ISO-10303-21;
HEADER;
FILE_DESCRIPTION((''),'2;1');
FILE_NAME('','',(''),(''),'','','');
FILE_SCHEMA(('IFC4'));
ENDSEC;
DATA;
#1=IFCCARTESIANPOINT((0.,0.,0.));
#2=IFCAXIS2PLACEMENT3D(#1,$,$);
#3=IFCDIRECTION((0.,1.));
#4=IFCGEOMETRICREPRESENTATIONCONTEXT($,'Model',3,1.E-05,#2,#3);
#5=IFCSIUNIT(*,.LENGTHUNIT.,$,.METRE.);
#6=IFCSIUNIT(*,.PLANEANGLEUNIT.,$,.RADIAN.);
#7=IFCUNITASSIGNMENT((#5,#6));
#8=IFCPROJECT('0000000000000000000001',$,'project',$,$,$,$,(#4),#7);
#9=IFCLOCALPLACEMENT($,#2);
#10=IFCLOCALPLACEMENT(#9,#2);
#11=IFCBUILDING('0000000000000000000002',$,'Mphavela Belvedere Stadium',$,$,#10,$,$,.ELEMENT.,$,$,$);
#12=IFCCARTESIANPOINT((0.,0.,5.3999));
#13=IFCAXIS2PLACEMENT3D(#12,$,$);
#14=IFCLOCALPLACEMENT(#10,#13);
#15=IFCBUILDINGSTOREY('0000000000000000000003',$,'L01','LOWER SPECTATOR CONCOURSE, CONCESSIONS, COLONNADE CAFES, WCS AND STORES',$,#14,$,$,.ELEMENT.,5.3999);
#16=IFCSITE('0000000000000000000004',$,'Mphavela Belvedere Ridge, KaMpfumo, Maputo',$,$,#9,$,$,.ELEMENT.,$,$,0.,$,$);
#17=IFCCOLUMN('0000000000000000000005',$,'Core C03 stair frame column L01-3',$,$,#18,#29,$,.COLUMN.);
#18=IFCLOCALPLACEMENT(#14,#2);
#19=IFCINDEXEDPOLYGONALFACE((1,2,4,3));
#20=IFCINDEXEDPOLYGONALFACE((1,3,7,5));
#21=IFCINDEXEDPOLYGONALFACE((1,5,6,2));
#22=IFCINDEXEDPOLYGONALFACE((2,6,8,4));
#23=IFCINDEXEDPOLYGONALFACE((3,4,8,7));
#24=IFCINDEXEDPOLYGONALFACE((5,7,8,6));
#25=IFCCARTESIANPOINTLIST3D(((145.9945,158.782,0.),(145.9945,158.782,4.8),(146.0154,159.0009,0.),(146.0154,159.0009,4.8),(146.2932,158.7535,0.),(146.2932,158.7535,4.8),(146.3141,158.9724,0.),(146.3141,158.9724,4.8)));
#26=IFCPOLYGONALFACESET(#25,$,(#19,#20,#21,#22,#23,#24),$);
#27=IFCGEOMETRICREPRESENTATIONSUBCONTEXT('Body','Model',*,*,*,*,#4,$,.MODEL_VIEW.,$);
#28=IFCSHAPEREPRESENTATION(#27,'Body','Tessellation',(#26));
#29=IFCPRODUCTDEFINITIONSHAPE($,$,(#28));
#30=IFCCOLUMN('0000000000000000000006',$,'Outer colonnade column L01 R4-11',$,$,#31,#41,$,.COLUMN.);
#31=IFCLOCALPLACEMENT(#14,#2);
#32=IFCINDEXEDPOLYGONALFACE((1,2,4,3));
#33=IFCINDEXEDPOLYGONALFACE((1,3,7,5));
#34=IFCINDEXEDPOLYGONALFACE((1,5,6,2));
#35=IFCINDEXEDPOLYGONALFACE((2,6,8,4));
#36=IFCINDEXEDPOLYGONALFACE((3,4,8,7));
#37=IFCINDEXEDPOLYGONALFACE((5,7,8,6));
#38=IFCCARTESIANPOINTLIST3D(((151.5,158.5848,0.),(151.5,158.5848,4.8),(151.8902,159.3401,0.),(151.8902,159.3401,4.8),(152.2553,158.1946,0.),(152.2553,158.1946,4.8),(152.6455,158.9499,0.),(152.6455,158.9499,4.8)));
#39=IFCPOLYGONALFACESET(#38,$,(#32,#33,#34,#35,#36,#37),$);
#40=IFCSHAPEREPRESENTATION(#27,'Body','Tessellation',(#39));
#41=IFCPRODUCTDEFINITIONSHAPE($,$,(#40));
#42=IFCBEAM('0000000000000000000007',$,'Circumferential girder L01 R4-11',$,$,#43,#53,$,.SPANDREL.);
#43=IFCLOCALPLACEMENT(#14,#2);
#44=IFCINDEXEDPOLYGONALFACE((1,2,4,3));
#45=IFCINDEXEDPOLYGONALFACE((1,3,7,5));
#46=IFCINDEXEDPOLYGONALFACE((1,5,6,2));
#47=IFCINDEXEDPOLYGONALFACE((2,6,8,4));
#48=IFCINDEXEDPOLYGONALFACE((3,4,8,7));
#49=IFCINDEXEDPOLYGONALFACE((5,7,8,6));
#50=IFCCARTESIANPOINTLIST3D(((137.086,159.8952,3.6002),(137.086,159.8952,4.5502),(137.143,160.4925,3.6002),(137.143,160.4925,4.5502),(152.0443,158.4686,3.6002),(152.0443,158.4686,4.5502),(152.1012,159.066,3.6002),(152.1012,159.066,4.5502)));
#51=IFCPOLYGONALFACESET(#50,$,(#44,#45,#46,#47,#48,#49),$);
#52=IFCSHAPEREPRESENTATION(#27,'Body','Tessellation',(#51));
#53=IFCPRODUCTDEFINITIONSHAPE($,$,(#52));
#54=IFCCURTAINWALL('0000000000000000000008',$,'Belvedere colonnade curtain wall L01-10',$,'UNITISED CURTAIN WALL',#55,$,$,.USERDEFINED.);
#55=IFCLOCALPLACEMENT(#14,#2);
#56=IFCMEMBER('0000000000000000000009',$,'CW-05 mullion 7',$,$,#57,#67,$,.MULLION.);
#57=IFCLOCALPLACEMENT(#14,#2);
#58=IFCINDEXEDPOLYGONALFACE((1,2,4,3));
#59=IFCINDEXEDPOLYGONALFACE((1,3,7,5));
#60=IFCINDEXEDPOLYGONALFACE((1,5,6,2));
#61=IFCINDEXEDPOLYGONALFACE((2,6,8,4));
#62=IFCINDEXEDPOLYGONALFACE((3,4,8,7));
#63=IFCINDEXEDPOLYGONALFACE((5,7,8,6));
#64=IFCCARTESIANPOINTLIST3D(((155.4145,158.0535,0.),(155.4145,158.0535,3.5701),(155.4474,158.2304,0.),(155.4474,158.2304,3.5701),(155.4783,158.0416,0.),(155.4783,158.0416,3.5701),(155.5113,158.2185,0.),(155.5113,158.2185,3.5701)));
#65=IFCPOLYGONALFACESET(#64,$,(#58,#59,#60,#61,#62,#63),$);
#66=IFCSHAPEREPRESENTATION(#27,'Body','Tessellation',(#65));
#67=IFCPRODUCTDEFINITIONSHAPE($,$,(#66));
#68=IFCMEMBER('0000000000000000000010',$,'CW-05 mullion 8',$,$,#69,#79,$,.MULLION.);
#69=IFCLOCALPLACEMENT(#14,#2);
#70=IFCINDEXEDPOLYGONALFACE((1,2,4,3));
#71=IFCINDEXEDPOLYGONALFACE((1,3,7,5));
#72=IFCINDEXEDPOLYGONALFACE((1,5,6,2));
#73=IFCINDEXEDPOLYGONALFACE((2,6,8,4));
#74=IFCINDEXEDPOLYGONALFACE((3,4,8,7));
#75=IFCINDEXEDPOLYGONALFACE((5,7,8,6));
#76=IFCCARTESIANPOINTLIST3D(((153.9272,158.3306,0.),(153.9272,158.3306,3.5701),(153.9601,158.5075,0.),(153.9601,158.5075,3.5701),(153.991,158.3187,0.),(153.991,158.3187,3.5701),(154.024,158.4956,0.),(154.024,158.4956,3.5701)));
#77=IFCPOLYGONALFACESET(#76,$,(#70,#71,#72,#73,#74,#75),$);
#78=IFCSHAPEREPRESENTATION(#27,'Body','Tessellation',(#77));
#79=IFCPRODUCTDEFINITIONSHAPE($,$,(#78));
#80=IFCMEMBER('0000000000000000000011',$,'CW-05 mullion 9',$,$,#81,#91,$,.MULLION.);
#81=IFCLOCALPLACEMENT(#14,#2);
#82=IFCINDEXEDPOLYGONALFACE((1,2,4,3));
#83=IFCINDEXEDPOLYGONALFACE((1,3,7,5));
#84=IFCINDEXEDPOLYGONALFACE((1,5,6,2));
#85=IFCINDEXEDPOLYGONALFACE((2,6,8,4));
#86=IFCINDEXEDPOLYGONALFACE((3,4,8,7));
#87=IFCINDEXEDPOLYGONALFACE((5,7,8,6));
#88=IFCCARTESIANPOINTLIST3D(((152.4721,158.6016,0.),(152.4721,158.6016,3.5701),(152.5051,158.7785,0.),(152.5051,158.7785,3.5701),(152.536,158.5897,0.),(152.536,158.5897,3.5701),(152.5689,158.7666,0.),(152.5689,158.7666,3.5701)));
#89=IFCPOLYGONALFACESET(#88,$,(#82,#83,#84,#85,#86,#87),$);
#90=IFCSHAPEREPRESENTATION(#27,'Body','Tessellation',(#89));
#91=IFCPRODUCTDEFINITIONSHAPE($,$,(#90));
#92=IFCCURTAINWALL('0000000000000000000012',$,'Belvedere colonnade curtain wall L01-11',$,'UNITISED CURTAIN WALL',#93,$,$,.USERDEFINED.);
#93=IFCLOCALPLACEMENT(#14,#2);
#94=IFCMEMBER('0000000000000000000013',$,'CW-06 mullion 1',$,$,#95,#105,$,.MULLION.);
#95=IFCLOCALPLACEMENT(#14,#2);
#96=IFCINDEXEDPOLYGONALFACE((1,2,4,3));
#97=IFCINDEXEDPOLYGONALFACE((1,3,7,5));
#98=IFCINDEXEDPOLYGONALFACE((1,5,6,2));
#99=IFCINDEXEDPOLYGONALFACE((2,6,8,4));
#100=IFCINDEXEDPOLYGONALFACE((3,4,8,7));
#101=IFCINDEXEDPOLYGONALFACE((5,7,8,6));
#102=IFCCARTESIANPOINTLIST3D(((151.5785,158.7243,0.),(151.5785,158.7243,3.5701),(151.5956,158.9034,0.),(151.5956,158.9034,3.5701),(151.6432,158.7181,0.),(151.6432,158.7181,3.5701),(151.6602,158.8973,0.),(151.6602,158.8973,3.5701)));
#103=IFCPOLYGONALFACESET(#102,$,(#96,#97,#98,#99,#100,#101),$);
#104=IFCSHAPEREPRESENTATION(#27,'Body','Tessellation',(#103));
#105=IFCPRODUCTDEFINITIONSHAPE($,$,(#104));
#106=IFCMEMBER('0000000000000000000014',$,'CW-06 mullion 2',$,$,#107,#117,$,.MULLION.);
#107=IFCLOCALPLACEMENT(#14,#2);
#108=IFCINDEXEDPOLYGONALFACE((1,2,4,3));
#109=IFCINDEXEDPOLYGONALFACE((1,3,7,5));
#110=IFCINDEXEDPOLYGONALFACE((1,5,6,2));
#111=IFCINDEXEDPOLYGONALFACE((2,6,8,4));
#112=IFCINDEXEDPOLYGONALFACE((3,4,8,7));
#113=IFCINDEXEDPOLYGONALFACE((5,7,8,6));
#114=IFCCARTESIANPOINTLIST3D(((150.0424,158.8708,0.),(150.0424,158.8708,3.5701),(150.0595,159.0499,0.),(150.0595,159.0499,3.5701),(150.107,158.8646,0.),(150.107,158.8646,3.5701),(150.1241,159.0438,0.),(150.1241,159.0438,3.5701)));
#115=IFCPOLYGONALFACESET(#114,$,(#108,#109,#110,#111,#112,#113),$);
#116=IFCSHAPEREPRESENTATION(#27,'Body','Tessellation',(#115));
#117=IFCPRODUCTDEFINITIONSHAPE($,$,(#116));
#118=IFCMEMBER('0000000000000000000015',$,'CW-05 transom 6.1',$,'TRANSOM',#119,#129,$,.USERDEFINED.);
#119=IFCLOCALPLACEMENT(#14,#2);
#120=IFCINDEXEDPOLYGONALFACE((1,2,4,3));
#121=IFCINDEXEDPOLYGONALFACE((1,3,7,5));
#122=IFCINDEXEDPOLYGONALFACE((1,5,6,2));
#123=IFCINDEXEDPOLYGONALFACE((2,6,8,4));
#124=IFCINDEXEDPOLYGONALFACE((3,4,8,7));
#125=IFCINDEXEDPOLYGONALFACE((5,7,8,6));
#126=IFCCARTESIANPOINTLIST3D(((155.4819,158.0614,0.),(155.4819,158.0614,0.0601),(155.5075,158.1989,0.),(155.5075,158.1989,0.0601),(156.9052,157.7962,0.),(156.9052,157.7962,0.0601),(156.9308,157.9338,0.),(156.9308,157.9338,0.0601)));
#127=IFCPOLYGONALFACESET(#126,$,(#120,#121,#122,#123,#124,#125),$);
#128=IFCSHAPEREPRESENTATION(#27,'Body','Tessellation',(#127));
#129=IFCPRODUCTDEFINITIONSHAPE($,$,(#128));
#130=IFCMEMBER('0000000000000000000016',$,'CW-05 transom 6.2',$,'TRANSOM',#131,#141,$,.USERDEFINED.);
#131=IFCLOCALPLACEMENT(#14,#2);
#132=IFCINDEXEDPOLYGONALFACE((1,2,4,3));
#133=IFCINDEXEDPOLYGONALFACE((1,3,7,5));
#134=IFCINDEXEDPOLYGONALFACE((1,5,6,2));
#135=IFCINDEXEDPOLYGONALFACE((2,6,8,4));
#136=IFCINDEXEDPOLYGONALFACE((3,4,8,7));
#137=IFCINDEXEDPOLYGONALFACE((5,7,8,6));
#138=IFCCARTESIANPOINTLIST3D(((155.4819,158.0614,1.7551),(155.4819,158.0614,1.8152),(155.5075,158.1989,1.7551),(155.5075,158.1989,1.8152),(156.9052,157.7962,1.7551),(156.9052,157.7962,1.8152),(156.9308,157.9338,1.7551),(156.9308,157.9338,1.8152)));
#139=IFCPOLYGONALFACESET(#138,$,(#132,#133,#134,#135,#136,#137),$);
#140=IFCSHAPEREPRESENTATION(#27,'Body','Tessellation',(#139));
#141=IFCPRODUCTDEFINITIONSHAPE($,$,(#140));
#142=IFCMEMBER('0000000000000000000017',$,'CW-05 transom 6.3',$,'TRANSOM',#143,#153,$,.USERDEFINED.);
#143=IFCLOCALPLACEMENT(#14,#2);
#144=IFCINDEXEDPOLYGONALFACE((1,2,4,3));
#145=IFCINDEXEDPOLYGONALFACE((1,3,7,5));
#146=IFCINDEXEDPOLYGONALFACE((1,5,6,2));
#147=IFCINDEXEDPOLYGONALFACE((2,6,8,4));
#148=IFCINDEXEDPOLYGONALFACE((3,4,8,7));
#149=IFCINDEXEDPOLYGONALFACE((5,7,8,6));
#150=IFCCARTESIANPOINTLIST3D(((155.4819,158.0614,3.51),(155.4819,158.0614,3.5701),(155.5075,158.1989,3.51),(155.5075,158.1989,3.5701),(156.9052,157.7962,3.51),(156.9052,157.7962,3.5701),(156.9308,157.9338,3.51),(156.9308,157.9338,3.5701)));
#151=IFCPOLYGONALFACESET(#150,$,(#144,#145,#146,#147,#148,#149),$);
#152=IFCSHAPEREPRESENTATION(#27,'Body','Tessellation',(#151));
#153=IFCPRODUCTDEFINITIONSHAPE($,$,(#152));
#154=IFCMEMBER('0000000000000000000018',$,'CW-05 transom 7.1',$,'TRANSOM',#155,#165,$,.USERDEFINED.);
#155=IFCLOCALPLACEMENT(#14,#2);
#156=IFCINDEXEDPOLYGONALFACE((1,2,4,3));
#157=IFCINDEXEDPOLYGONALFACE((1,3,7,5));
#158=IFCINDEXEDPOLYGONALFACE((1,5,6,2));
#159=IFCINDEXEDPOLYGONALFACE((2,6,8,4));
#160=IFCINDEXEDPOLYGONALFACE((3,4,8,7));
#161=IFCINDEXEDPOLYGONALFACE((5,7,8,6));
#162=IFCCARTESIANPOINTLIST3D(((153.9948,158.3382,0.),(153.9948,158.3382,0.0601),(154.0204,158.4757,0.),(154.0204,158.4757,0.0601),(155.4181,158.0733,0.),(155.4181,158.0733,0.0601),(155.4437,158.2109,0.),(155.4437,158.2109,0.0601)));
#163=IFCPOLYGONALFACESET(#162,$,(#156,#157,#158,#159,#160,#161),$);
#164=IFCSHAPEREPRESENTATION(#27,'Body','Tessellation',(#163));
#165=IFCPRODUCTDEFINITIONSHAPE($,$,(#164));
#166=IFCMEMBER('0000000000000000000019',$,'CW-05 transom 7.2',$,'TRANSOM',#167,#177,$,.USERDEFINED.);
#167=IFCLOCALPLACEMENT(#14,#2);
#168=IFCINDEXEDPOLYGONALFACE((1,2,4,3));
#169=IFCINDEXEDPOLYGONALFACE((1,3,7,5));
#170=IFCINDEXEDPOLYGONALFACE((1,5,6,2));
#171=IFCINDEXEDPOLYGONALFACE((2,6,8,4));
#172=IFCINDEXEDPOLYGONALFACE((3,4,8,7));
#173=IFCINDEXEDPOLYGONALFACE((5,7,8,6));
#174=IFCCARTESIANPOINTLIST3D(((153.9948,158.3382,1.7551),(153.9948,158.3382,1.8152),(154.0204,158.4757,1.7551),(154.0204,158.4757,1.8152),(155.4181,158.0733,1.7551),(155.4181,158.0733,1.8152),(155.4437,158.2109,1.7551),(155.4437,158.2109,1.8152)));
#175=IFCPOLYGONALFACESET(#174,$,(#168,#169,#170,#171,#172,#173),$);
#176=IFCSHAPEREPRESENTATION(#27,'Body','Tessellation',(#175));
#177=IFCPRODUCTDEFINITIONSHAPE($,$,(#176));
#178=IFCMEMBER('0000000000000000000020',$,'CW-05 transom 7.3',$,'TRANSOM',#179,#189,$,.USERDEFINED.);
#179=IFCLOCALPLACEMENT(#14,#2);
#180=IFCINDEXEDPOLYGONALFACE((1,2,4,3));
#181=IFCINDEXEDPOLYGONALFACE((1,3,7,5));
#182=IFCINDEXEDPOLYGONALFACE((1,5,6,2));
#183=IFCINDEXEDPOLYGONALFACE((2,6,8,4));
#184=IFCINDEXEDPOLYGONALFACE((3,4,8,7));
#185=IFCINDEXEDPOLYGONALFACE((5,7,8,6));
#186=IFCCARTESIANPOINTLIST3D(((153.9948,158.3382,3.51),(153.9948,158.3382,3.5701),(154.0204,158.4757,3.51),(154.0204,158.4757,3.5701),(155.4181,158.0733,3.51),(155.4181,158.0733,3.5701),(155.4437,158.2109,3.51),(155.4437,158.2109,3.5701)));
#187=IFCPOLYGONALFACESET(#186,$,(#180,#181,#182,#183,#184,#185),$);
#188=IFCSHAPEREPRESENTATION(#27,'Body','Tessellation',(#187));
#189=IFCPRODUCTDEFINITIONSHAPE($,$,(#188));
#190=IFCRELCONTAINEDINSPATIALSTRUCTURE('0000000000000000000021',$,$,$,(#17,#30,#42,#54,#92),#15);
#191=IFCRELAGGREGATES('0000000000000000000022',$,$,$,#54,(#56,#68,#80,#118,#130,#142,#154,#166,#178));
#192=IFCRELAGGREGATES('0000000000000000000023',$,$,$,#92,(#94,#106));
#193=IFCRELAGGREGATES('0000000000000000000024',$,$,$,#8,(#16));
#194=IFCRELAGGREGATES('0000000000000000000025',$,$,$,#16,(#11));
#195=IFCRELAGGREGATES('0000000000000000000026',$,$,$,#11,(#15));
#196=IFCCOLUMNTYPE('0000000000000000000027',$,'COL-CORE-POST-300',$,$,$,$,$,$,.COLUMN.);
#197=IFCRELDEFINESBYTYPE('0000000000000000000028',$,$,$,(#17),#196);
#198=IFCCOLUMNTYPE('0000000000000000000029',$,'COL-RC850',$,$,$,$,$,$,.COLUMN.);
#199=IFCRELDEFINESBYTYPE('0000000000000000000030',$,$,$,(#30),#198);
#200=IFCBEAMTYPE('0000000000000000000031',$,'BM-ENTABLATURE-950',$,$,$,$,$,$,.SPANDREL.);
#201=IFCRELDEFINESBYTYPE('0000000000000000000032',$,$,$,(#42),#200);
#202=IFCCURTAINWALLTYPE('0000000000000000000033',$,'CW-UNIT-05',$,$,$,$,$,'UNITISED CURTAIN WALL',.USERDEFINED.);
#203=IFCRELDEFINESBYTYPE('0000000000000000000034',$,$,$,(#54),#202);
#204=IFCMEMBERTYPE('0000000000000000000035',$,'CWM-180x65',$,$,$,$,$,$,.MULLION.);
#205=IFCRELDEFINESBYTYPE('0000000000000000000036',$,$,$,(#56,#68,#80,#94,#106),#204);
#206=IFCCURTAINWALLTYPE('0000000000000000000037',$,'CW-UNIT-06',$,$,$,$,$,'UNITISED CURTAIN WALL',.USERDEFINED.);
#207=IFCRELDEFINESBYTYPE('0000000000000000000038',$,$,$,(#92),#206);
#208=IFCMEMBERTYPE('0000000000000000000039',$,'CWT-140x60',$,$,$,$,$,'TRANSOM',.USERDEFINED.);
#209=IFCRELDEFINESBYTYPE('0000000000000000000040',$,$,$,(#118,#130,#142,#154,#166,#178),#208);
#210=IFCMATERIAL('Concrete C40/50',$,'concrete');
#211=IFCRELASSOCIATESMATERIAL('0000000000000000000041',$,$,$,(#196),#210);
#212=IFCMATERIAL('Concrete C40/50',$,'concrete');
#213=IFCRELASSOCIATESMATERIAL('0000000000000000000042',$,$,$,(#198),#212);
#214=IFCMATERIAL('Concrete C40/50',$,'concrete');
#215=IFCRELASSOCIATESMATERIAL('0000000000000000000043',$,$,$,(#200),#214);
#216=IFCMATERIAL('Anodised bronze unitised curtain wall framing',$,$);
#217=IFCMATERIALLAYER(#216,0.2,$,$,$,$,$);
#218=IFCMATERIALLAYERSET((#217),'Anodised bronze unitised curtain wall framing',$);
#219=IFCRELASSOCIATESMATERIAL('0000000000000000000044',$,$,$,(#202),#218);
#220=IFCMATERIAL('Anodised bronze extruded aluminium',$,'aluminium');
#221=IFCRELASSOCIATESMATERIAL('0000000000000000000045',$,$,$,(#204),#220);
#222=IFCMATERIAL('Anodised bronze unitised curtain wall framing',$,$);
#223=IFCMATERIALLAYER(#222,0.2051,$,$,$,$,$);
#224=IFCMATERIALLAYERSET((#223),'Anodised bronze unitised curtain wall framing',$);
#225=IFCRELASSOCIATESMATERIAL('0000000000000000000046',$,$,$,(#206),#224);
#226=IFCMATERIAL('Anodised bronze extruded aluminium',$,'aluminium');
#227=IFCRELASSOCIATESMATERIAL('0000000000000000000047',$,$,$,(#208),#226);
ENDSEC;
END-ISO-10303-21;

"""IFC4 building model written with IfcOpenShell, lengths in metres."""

from ifc_helpers import new_model, si_unit, direction, frame, origin, origin_2d, place, context, subcontext, project, spatial, rectangle, extrude, material, layer, layer_set, material_profile, profile_set, type_object, element, aggregate, save


model = new_model("IFC4")

# Units and contexts
model_context = context("Model", 3, precision=1e-05, world=origin(), true_north=direction((0.0, 1.0)))
body_context = subcontext(model_context, "Body", "Model", "MODEL_VIEW")
ifc_project = project(units=[si_unit("LENGTHUNIT", "METRE"), si_unit("PLANEANGLEUNIT", "RADIAN")], contexts=[model_context])

# Site, building, storey
site_placement = place(None, origin())
site = spatial("IfcSite", under=ifc_project, at=site_placement, Name="Mphavela Belvedere Ridge, KaMpfumo, Maputo", CompositionType="ELEMENT", RefElevation=0.0)
building_placement = place(site_placement, origin())
building = spatial("IfcBuilding", under=site, at=building_placement, Name="Mphavela Belvedere Stadium", CompositionType="ELEMENT")
storey_placement = place(building_placement, frame((0.0, 0.0, 5.3999)))
storey = spatial("IfcBuildingStorey", under=building, at=storey_placement, Name="L01", Description="LOWER SPECTATOR CONCOURSE, CONCESSIONS, COLONNADE CAFES, WCS AND STORES", CompositionType="ELEMENT", Elevation=5.3999)

# Columns
ifc_material_1 = material(Name="Concrete C40/50", Category="concrete")
ifc_material_profile_1 = material_profile(ifc_material_1, rectangle(XDim=0.3, YDim=0.22, at=origin_2d()), Name="RC 300x220")
ifc_profile_set_1 = profile_set([ifc_material_profile_1], Name="Concrete C40/50")
column_type_1 = type_object("IfcColumnType", Name="COL-CORE-POST-300", PredefinedType="COLUMN", material=ifc_profile_set_1)
column_1_placement = place(storey_placement, frame((146.1543, 158.8772, 0.0), z_axis=(0.0, 0.0, 1.0), x_axis=(0.995479, -0.094977, 0.0)))
element("IfcColumn", 1, at=column_1_placement, inside=storey, type_object=column_type_1, Name="Core C03 stair frame column L01-3", PredefinedType="COLUMN", context=body_context, shape_type="SweptSolid", body=[
    extrude(rectangle(XDim=0.3, YDim=0.22, at=origin_2d()), origin(), (0.0, 0.0, 1.0), 4.8),
])
ifc_material_2 = material(Name="Concrete C40/50", Category="concrete")
ifc_material_profile_2 = material_profile(ifc_material_2, rectangle(XDim=0.8501, YDim=0.8501, at=origin_2d()), Name="RC 850x850")
ifc_profile_set_2 = profile_set([ifc_material_profile_2], Name="Concrete C40/50")
column_type_2 = type_object("IfcColumnType", Name="COL-RC850", PredefinedType="COLUMN", material=ifc_profile_set_2)
column_2_placement = place(storey_placement, frame((152.0728, 158.7673, 0.0), z_axis=(0.0, 0.0, 1.0), x_axis=(0.45896, 0.888457, 0.0)))
element("IfcColumn", 2, at=column_2_placement, inside=storey, type_object=column_type_2, Name="Outer colonnade column L01 R4-11", PredefinedType="COLUMN", context=body_context, shape_type="SweptSolid", body=[
    extrude(rectangle(XDim=0.8501, YDim=0.8501, at=origin_2d()), origin(), (0.0, 0.0, 1.0), 4.8),
])

# Beam
ifc_material_3 = material(Name="Concrete C40/50", Category="concrete")
ifc_material_profile_3 = material_profile(ifc_material_3, rectangle(XDim=0.6001, YDim=0.95, at=origin_2d()), Name="RC 600x950")
ifc_profile_set_3 = profile_set([ifc_material_profile_3], Name="Concrete C40/50")
beam_type = type_object("IfcBeamType", Name="BM-ENTABLATURE-950", PredefinedType="SPANDREL", material=ifc_profile_set_3)
beam_placement = place(storey_placement, frame((152.0728, 158.7673, 4.0752), z_axis=(-0.995483, 0.094936, 0.0), x_axis=(-0.094936, -0.995483, 0.0)))
element("IfcBeam", 3, at=beam_placement, inside=storey, type_object=beam_type, Name="Circumferential girder L01 R4-11", PredefinedType="SPANDREL", context=body_context, shape_type="SweptSolid", body=[
    extrude(rectangle(XDim=0.6001, YDim=0.95, at=origin_2d()), origin(), (0.0, 0.0, 1.0), 15.0261),
])

# Curtain walls, members
ifc_material_4 = material(Name="Anodised bronze unitised curtain wall framing")
ifc_layer_1 = layer(ifc_material_4, 0.2)
ifc_layer_set_1 = layer_set([ifc_layer_1], Name="Anodised bronze unitised curtain wall framing")
curtain_wall_type_1 = type_object("IfcCurtainWallType", Name="CW-UNIT-05", ElementType="UNITISED CURTAIN WALL", PredefinedType="USERDEFINED", material=ifc_layer_set_1)
curtain_wall_1_placement = place(storey_placement, origin())
curtain_wall_1 = element("IfcCurtainWall", 4, at=curtain_wall_1_placement, inside=storey, type_object=curtain_wall_type_1, Name="Belvedere colonnade curtain wall L01-10", ObjectType="UNITISED CURTAIN WALL", PredefinedType="USERDEFINED")
ifc_material_5 = material(Name="Anodised bronze extruded aluminium", Category="aluminium")
ifc_material_profile_4 = material_profile(ifc_material_5, rectangle(XDim=0.1799, YDim=0.0649, at=origin_2d()), Name="CW-MUL 180x65")
ifc_profile_set_4 = profile_set([ifc_material_profile_4], Name="Anodised bronze extruded aluminium")
member_type_1 = type_object("IfcMemberType", Name="CWM-180x65", PredefinedType="MULLION", material=ifc_profile_set_4)
member_1_placement = place(storey_placement, frame((155.4629, 158.136, 0.0), z_axis=(0.0, 0.0, 1.0), x_axis=(-0.183095, -0.983095, 0.0)))
member_1 = element("IfcMember", 5, at=member_1_placement, type_object=member_type_1, Name="CW-05 mullion 7", PredefinedType="MULLION", context=body_context, shape_type="SweptSolid", body=[
    extrude(rectangle(XDim=0.1799, YDim=0.0649, at=origin_2d()), origin(), (0.0, 0.0, 1.0), 3.5701),
])
member_2_placement = place(storey_placement, frame((153.9756, 158.4131, 0.0), z_axis=(0.0, 0.0, 1.0), x_axis=(-0.183095, -0.983095, 0.0)))
member_2 = element("IfcMember", 6, at=member_2_placement, type_object=member_type_1, Name="CW-05 mullion 8", PredefinedType="MULLION", context=body_context, shape_type="SweptSolid", body=[
    extrude(rectangle(XDim=0.1799, YDim=0.0649, at=origin_2d()), origin(), (0.0, 0.0, 1.0), 3.5701),
])
member_3_placement = place(storey_placement, frame((152.5205, 158.6841, 0.0), z_axis=(0.0, 0.0, 1.0), x_axis=(-0.183095, -0.983095, 0.0)))
member_3 = element("IfcMember", 7, at=member_3_placement, type_object=member_type_1, Name="CW-05 mullion 9", PredefinedType="MULLION", context=body_context, shape_type="SweptSolid", body=[
    extrude(rectangle(XDim=0.1799, YDim=0.0649, at=origin_2d()), origin(), (0.0, 0.0, 1.0), 3.5701),
])
ifc_material_6 = material(Name="Anodised bronze unitised curtain wall framing")
ifc_layer_2 = layer(ifc_material_6, 0.2051)
ifc_layer_set_2 = layer_set([ifc_layer_2], Name="Anodised bronze unitised curtain wall framing")
curtain_wall_type_2 = type_object("IfcCurtainWallType", Name="CW-UNIT-06", ElementType="UNITISED CURTAIN WALL", PredefinedType="USERDEFINED", material=ifc_layer_set_2)
curtain_wall_2_placement = place(storey_placement, origin())
curtain_wall_2 = element("IfcCurtainWall", 8, at=curtain_wall_2_placement, inside=storey, type_object=curtain_wall_type_2, Name="Belvedere colonnade curtain wall L01-11", ObjectType="UNITISED CURTAIN WALL", PredefinedType="USERDEFINED")
member_4_placement = place(storey_placement, frame((151.6194, 158.8108, 0.0), z_axis=(0.0, 0.0, 1.0), x_axis=(-0.094922, -0.995485, 0.0)))
member_4 = element("IfcMember", 9, at=member_4_placement, type_object=member_type_1, Name="CW-06 mullion 1", PredefinedType="MULLION", context=body_context, shape_type="SweptSolid", body=[
    extrude(rectangle(XDim=0.1799, YDim=0.0649, at=origin_2d()), origin(), (0.0, 0.0, 1.0), 3.5701),
])
member_5_placement = place(storey_placement, frame((150.0833, 158.9573, 0.0), z_axis=(0.0, 0.0, 1.0), x_axis=(-0.094922, -0.995485, 0.0)))
member_5 = element("IfcMember", 10, at=member_5_placement, type_object=member_type_1, Name="CW-06 mullion 2", PredefinedType="MULLION", context=body_context, shape_type="SweptSolid", body=[
    extrude(rectangle(XDim=0.1799, YDim=0.0649, at=origin_2d()), origin(), (0.0, 0.0, 1.0), 3.5701),
])

# Members
ifc_material_7 = material(Name="Anodised bronze extruded aluminium", Category="aluminium")
ifc_material_profile_5 = material_profile(ifc_material_7, rectangle(XDim=0.1399, YDim=0.0601, at=origin_2d()), Name="CW-TRN 140x60")
ifc_profile_set_5 = profile_set([ifc_material_profile_5], Name="Anodised bronze extruded aluminium")
member_type_2 = type_object("IfcMemberType", Name="CWT-140x60", ElementType="TRANSOM", PredefinedType="USERDEFINED", material=ifc_profile_set_5)
member_6_placement = place(storey_placement, frame((156.918, 157.865, 0.03), z_axis=(-0.983089, 0.183128, 0.0), x_axis=(-0.183128, -0.983089, 0.0)))
member_6 = element("IfcMember", 11, at=member_6_placement, type_object=member_type_2, Name="CW-05 transom 6.1", ObjectType="TRANSOM", PredefinedType="USERDEFINED", context=body_context, shape_type="SweptSolid", body=[
    extrude(rectangle(XDim=0.1399, YDim=0.0601, at=origin_2d()), origin(), (0.0, 0.0, 1.0), 1.4478),
])
member_7_placement = place(storey_placement, frame((156.918, 157.865, 1.7852), z_axis=(-0.983089, 0.183128, 0.0), x_axis=(-0.183128, -0.983089, 0.0)))
member_7 = element("IfcMember", 12, at=member_7_placement, type_object=member_type_2, Name="CW-05 transom 6.2", ObjectType="TRANSOM", PredefinedType="USERDEFINED", context=body_context, shape_type="SweptSolid", body=[
    extrude(rectangle(XDim=0.1399, YDim=0.0601, at=origin_2d()), origin(), (0.0, 0.0, 1.0), 1.4478),
])
member_8_placement = place(storey_placement, frame((156.918, 157.865, 3.54), z_axis=(-0.983089, 0.183128, 0.0), x_axis=(-0.183128, -0.983089, 0.0)))
member_8 = element("IfcMember", 13, at=member_8_placement, type_object=member_type_2, Name="CW-05 transom 6.3", ObjectType="TRANSOM", PredefinedType="USERDEFINED", context=body_context, shape_type="SweptSolid", body=[
    extrude(rectangle(XDim=0.1399, YDim=0.0601, at=origin_2d()), origin(), (0.0, 0.0, 1.0), 1.4478),
])
member_9_placement = place(storey_placement, frame((155.4309, 158.1421, 0.03), z_axis=(-0.983119, 0.182965, 0.0), x_axis=(-0.182965, -0.983119, 0.0)))
member_9 = element("IfcMember", 14, at=member_9_placement, type_object=member_type_2, Name="CW-05 transom 7.1", ObjectType="TRANSOM", PredefinedType="USERDEFINED", context=body_context, shape_type="SweptSolid", body=[
    extrude(rectangle(XDim=0.1399, YDim=0.0601, at=origin_2d()), origin(), (0.0, 0.0, 1.0), 1.4478),
])
member_10_placement = place(storey_placement, frame((155.4309, 158.1421, 1.7852), z_axis=(-0.983119, 0.182965, 0.0), x_axis=(-0.182965, -0.983119, 0.0)))
member_10 = element("IfcMember", 15, at=member_10_placement, type_object=member_type_2, Name="CW-05 transom 7.2", ObjectType="TRANSOM", PredefinedType="USERDEFINED", context=body_context, shape_type="SweptSolid", body=[
    extrude(rectangle(XDim=0.1399, YDim=0.0601, at=origin_2d()), origin(), (0.0, 0.0, 1.0), 1.4478),
])
member_11_placement = place(storey_placement, frame((155.4309, 158.1421, 3.54), z_axis=(-0.983119, 0.182965, 0.0), x_axis=(-0.182965, -0.983119, 0.0)))
member_11 = element("IfcMember", 16, at=member_11_placement, type_object=member_type_2, Name="CW-05 transom 7.3", ObjectType="TRANSOM", PredefinedType="USERDEFINED", context=body_context, shape_type="SweptSolid", body=[
    extrude(rectangle(XDim=0.1399, YDim=0.0601, at=origin_2d()), origin(), (0.0, 0.0, 1.0), 1.4478),
])

aggregate(curtain_wall_1, [member_1, member_2, member_3, member_6, member_7, member_8, member_9, member_10, member_11])
aggregate(curtain_wall_2, [member_4, member_5])

save(model, "model.ifc")
